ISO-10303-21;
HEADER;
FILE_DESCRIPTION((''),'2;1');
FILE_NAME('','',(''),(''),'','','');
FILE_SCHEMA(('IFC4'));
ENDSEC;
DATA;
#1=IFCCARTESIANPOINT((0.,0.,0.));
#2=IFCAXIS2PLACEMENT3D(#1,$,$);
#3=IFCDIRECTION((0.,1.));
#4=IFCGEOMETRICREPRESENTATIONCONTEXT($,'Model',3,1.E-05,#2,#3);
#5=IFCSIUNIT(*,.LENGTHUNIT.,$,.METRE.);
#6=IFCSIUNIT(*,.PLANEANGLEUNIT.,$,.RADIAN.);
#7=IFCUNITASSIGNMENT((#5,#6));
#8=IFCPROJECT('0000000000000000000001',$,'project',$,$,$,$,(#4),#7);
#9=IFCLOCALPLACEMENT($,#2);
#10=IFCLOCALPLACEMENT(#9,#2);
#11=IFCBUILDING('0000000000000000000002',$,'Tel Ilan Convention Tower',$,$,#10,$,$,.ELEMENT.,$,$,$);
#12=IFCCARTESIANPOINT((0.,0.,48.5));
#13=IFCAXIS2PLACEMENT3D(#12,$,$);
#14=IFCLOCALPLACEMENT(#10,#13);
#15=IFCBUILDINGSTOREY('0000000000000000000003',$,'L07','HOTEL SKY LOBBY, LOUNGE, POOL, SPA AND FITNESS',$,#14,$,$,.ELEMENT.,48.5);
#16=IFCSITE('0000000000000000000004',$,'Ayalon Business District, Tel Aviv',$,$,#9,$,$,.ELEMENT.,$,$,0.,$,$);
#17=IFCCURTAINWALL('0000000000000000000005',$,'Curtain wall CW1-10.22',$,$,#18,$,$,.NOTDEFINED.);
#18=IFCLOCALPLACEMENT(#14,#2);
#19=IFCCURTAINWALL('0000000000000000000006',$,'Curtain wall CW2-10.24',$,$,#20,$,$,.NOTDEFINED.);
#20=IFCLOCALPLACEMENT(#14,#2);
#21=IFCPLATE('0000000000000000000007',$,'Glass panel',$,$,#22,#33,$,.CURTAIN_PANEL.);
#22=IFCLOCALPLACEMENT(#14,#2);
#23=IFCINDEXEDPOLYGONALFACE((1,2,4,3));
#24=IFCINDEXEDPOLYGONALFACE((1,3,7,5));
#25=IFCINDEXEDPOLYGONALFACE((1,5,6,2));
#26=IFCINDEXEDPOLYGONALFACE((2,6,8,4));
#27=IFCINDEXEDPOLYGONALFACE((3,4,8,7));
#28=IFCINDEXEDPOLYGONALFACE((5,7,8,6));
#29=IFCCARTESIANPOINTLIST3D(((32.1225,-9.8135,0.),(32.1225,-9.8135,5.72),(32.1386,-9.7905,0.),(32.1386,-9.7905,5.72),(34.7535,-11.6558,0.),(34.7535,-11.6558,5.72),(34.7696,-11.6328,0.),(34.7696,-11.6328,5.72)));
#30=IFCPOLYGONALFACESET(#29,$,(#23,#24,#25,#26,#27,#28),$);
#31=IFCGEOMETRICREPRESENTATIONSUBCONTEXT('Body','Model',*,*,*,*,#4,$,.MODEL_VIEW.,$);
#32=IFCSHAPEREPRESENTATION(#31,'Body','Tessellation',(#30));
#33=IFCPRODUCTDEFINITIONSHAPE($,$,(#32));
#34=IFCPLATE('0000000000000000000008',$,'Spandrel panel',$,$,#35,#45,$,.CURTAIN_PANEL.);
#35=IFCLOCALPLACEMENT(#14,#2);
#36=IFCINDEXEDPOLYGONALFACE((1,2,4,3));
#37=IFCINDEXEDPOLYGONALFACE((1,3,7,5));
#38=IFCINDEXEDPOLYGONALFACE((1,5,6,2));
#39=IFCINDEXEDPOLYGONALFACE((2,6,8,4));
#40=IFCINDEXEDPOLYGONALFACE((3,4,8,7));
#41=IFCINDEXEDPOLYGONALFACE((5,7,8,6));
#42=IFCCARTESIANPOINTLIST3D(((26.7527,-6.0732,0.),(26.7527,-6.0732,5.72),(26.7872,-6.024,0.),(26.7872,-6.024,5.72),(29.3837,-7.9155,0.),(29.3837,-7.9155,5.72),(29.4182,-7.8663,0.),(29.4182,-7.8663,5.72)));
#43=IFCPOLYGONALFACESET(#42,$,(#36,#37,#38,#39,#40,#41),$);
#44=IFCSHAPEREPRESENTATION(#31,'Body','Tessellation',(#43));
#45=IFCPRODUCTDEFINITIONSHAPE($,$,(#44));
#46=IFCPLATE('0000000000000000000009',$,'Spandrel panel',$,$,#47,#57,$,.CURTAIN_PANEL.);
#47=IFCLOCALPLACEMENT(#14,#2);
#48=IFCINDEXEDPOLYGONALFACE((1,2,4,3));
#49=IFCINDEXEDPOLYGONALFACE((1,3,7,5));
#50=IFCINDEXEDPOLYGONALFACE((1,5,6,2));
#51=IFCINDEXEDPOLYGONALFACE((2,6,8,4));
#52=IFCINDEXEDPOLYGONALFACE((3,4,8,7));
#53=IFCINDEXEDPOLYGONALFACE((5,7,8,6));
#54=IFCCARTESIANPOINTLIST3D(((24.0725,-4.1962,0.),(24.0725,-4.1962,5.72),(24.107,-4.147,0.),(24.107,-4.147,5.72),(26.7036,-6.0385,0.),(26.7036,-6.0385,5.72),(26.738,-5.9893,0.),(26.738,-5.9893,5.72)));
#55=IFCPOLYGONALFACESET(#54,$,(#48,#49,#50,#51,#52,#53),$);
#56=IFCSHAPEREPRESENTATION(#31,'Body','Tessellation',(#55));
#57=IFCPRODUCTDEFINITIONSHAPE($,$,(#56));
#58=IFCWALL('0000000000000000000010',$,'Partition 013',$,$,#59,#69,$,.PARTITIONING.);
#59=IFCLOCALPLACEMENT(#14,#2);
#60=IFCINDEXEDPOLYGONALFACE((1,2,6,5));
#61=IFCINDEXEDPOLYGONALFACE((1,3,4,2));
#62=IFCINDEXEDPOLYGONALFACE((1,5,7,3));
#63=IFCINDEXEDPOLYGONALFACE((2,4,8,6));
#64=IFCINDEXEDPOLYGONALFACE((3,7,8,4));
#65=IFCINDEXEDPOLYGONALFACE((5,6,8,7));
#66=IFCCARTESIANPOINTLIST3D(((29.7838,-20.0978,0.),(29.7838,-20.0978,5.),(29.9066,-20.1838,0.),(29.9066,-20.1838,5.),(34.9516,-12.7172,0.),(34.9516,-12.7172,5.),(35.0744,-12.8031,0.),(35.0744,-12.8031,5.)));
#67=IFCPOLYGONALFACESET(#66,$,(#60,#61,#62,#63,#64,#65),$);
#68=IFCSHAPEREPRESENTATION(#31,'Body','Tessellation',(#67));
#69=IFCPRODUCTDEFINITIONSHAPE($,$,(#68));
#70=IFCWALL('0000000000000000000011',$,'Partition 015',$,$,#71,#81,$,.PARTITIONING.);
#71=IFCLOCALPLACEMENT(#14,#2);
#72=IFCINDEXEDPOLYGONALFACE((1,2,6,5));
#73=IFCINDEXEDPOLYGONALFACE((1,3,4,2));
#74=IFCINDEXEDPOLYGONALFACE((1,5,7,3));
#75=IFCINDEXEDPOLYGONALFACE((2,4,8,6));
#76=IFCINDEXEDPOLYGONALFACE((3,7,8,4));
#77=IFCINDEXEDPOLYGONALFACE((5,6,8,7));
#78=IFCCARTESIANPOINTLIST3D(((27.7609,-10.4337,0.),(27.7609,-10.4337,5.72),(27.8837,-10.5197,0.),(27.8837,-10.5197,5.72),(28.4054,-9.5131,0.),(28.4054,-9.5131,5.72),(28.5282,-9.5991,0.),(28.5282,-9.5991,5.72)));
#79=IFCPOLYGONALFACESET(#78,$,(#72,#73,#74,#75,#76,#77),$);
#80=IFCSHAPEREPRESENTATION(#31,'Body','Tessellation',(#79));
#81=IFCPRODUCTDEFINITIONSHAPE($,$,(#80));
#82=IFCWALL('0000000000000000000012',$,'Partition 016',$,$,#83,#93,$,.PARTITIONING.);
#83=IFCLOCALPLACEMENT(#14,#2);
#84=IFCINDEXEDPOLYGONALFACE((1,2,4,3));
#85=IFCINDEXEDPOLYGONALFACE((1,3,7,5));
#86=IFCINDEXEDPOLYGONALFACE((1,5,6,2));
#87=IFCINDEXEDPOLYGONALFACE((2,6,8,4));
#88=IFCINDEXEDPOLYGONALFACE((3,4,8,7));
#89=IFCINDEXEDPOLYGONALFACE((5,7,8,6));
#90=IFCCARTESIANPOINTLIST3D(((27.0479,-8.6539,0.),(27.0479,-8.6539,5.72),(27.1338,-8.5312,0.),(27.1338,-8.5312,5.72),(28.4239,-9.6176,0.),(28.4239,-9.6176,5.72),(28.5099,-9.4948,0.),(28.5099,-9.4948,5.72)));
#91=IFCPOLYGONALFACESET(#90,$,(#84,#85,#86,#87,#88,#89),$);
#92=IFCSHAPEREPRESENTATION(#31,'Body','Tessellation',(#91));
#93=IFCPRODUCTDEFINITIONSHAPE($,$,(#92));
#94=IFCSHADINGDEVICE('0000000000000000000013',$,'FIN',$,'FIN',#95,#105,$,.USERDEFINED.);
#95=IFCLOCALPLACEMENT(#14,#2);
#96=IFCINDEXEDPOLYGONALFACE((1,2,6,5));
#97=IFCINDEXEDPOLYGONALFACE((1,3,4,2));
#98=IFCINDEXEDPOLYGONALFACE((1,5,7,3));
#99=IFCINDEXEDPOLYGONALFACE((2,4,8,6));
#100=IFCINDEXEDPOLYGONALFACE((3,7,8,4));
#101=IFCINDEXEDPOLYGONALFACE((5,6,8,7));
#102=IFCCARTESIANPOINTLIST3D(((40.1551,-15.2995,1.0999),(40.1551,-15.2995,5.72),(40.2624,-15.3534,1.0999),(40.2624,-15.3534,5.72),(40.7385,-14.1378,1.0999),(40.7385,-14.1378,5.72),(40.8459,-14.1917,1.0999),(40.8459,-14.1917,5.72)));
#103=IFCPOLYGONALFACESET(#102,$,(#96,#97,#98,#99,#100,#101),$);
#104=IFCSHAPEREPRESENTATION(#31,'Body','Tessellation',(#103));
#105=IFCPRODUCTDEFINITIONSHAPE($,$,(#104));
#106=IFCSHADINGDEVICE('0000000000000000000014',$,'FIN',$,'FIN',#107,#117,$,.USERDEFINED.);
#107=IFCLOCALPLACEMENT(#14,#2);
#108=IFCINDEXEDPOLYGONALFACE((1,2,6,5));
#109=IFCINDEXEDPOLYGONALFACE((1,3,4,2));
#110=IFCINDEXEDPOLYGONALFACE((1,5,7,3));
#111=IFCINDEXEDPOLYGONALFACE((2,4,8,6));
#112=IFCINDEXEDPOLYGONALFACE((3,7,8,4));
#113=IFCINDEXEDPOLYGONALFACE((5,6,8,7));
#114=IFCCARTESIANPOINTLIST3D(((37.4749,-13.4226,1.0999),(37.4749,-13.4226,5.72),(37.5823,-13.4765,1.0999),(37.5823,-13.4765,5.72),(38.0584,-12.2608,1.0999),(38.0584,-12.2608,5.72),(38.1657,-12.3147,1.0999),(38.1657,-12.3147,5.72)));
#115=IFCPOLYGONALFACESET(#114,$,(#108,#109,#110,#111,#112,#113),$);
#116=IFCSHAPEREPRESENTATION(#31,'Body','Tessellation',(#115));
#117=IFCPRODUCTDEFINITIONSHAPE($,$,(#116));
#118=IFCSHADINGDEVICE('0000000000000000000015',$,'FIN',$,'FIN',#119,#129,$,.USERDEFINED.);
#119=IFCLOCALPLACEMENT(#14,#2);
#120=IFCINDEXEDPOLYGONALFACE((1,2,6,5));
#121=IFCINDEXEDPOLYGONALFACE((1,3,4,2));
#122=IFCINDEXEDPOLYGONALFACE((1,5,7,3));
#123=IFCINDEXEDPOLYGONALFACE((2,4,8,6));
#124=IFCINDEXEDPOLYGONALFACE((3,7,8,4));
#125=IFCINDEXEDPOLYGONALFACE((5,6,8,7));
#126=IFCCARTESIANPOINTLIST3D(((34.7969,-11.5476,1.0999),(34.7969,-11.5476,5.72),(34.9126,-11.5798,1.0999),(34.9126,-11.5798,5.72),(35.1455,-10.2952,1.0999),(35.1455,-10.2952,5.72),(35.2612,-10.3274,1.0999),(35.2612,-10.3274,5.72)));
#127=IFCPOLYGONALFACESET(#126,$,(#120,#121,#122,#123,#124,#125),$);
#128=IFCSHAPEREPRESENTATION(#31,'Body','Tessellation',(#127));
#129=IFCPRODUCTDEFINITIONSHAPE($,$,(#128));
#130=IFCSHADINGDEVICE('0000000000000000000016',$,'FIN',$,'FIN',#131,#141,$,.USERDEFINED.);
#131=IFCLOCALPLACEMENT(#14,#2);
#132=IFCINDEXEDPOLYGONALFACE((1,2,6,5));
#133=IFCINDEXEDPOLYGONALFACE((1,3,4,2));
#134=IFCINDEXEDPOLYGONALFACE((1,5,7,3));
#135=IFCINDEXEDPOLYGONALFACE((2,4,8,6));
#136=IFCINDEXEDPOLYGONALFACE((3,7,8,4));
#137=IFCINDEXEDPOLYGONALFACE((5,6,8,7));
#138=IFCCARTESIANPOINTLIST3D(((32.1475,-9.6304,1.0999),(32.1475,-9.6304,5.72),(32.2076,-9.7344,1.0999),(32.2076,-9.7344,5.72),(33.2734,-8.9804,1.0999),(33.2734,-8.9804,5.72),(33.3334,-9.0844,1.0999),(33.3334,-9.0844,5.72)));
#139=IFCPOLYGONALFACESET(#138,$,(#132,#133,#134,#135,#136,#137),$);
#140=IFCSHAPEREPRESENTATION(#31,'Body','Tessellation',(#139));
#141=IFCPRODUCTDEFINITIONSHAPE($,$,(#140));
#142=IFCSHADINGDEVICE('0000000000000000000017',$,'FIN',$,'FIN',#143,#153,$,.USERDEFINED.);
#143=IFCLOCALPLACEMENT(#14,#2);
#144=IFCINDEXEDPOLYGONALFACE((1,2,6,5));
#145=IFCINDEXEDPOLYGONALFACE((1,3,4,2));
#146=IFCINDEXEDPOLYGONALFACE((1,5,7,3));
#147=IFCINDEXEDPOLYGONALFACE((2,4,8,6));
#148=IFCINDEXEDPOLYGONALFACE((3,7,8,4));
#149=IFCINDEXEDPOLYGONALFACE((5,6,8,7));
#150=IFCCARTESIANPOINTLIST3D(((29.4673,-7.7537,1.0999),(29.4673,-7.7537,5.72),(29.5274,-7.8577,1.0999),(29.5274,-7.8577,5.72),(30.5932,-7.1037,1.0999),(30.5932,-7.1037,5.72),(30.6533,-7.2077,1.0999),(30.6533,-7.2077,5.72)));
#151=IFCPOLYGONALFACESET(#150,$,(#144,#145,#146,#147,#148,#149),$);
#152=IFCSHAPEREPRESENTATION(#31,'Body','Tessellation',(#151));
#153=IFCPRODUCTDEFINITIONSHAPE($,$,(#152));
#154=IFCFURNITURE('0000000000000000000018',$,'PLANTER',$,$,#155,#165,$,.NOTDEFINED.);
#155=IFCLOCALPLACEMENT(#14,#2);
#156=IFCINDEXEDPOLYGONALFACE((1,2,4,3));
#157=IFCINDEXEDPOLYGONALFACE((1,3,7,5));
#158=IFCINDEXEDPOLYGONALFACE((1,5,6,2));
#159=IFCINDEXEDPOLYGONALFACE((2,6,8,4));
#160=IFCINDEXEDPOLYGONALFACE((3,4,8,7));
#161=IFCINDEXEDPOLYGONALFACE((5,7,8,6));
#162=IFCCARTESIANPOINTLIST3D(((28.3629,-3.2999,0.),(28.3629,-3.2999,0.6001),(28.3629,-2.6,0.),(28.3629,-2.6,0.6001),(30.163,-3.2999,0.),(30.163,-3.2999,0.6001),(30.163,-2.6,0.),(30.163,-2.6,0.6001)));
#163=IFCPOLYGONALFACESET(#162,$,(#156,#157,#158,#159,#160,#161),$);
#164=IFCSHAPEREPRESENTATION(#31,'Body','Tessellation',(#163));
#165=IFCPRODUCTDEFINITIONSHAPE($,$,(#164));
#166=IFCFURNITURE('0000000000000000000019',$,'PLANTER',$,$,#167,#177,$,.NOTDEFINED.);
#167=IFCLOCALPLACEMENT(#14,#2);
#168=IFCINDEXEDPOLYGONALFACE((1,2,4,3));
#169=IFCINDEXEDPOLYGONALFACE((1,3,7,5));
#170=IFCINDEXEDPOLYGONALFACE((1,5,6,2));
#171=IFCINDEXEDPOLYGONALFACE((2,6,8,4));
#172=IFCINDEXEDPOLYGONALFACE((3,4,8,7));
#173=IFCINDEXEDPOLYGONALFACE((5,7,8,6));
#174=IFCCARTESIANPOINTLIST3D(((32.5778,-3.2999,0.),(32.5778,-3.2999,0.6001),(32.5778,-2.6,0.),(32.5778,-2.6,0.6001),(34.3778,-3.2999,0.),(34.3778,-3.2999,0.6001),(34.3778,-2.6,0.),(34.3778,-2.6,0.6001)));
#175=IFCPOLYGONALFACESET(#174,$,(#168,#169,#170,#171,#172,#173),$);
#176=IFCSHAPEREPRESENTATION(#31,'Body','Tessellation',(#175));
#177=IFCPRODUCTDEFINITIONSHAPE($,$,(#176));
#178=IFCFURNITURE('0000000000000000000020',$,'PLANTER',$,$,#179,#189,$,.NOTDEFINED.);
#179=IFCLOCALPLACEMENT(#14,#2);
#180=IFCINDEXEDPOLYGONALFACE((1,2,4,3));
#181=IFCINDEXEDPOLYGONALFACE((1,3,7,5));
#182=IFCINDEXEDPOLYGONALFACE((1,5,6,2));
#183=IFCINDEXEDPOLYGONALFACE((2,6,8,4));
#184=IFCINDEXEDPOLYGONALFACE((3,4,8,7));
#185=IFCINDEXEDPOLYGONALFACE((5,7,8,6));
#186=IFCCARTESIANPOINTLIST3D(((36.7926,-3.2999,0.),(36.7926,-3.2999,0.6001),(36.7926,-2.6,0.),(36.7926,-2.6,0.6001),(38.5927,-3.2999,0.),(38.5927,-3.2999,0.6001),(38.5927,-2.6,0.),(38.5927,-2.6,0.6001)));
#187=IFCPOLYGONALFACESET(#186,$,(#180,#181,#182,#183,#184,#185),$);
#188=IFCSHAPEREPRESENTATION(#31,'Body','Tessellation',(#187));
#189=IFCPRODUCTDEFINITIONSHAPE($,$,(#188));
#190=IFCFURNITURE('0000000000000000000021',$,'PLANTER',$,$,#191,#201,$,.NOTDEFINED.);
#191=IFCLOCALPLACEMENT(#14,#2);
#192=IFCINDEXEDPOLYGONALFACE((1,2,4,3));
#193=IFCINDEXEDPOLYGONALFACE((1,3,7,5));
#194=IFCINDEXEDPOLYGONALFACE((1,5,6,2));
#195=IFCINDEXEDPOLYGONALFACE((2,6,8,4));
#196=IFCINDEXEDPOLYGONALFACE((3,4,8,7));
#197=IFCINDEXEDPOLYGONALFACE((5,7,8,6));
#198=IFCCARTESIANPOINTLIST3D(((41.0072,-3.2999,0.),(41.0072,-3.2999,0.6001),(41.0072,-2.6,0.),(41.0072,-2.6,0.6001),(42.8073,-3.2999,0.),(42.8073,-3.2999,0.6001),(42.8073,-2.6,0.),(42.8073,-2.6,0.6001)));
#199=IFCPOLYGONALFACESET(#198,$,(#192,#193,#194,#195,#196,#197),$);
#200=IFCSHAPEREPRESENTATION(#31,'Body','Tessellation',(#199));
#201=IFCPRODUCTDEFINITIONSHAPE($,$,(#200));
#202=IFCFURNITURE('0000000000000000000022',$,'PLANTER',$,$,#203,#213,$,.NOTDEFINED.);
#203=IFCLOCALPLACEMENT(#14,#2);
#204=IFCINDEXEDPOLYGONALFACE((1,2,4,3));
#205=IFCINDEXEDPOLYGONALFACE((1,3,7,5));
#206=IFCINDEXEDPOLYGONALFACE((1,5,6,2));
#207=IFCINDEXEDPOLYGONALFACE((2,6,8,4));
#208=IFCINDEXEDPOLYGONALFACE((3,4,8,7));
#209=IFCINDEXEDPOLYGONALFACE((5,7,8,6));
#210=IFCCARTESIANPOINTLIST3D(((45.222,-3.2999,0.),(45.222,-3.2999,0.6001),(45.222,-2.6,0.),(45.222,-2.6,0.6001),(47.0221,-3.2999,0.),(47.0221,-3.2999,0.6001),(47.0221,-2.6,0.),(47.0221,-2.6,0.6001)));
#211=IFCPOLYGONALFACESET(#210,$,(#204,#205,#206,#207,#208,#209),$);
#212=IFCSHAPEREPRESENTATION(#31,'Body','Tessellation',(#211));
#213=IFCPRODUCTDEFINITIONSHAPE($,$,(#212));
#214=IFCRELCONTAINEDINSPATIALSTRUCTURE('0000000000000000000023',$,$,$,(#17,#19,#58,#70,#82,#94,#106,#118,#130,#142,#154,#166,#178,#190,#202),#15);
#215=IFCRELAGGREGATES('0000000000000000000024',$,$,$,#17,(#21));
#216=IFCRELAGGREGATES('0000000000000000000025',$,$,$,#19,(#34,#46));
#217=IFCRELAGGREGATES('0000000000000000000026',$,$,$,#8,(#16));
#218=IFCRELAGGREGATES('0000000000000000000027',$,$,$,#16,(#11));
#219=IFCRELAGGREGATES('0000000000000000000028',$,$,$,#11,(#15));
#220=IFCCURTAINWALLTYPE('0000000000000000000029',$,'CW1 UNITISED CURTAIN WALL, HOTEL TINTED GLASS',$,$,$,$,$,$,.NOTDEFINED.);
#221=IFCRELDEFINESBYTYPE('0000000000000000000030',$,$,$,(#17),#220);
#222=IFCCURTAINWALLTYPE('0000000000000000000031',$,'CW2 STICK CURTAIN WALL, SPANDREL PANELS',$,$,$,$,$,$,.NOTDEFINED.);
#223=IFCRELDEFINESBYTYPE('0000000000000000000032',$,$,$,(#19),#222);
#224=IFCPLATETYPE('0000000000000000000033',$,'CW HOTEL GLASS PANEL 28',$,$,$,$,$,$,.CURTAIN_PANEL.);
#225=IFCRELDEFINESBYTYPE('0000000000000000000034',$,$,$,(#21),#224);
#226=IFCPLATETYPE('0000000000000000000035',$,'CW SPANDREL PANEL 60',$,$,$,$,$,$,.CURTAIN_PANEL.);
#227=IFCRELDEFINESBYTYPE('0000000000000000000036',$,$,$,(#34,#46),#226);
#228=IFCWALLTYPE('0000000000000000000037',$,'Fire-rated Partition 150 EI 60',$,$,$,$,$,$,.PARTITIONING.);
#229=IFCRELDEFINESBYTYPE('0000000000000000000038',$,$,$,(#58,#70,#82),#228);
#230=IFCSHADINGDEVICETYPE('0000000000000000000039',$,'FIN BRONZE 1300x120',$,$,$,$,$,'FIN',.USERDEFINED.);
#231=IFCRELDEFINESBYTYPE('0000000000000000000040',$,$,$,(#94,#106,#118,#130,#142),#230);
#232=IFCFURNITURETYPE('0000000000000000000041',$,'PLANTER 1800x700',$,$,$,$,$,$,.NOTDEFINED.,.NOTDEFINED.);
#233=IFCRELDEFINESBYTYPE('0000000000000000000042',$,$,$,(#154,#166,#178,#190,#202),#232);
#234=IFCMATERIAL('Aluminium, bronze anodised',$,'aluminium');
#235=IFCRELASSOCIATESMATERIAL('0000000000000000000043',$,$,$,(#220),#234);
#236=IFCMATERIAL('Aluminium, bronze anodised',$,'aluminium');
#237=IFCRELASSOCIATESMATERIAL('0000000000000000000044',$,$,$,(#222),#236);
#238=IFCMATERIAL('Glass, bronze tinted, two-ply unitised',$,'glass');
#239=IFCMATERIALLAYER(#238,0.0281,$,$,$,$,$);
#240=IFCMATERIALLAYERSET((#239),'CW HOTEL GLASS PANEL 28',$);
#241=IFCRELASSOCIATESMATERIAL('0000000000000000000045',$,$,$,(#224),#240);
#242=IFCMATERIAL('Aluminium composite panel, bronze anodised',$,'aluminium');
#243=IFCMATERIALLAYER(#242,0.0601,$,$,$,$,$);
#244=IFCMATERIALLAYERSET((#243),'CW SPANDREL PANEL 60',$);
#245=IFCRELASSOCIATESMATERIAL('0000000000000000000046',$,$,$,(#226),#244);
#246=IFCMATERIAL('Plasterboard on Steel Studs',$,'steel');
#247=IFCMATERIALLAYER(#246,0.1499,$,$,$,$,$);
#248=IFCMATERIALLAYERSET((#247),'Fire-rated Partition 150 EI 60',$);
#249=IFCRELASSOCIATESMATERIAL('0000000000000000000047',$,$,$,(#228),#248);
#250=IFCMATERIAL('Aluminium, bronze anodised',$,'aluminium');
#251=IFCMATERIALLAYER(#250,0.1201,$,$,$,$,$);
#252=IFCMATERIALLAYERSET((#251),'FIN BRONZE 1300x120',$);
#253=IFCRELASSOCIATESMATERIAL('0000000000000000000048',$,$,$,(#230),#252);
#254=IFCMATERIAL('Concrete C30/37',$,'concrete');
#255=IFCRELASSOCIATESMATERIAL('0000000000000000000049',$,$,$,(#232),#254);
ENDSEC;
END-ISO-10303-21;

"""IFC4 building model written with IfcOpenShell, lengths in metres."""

from ifc_helpers import new_model, si_unit, direction, frame, frame_2d, origin, origin_2d, place, context, subcontext, project, spatial, rectangle, extrude, material, layer, layer_set, type_object, element, aggregate, save


model = new_model("IFC4")

# Units and contexts
model_context = context("Model", 3, precision=1e-05, world=origin(), true_north=direction((0.0, 1.0)))
body_context = subcontext(model_context, "Body", "Model", "MODEL_VIEW")
ifc_project = project(units=[si_unit("LENGTHUNIT", "METRE"), si_unit("PLANEANGLEUNIT", "RADIAN")], contexts=[model_context])

# Site, building, storey
site_placement = place(None, origin())
site = spatial("IfcSite", under=ifc_project, at=site_placement, Name="Ayalon Business District, Tel Aviv", CompositionType="ELEMENT", RefElevation=0.0)
building_placement = place(site_placement, origin())
building = spatial("IfcBuilding", under=site, at=building_placement, Name="Tel Ilan Convention Tower", CompositionType="ELEMENT")
storey_placement = place(building_placement, frame((0.0, 0.0, 48.5)))
storey = spatial("IfcBuildingStorey", under=building, at=storey_placement, Name="L07", Description="HOTEL SKY LOBBY, LOUNGE, POOL, SPA AND FITNESS", CompositionType="ELEMENT", Elevation=48.5)

# Shared definitions
ifc_material_1 = material(Name="Aluminium, bronze anodised", Category="aluminium")
curtain_wall_type_1 = type_object("IfcCurtainWallType", Name="CW1 UNITISED CURTAIN WALL, HOTEL TINTED GLASS", PredefinedType="NOTDEFINED", material=ifc_material_1)

# Curtain wall
curtain_wall_1_placement = place(storey_placement, origin())
curtain_wall_1 = element("IfcCurtainWall", 1, at=curtain_wall_1_placement, inside=storey, type_object=curtain_wall_type_1, Name="Curtain wall CW1-10.22", PredefinedType="NOTDEFINED")

# Curtain wall
ifc_material_2 = material(Name="Aluminium, bronze anodised", Category="aluminium")
curtain_wall_type_2 = type_object("IfcCurtainWallType", Name="CW2 STICK CURTAIN WALL, SPANDREL PANELS", PredefinedType="NOTDEFINED", material=ifc_material_2)
curtain_wall_2_placement = place(storey_placement, origin())
curtain_wall_2 = element("IfcCurtainWall", 2, at=curtain_wall_2_placement, inside=storey, type_object=curtain_wall_type_2, Name="Curtain wall CW2-10.24", PredefinedType="NOTDEFINED")

# Plates
ifc_material_3 = material(Name="Glass, bronze tinted, two-ply unitised", Category="glass")
ifc_layer_1 = layer(ifc_material_3, 0.0281)
ifc_layer_set_1 = layer_set([ifc_layer_1], Name="CW HOTEL GLASS PANEL 28")
plate_type_1 = type_object("IfcPlateType", Name="CW HOTEL GLASS PANEL 28", PredefinedType="CURTAIN_PANEL", material=ifc_layer_set_1)
plate_1_placement = place(storey_placement, frame((33.446, -10.7231, 0.0), z_axis=(0.0, 0.0, 1.0), x_axis=(-0.819152, 0.573576, 0.0)))
plate_1 = element("IfcPlate", 3, at=plate_1_placement, type_object=plate_type_1, Name="Glass panel", PredefinedType="CURTAIN_PANEL", context=body_context, shape_type="SweptSolid", body=[
    extrude(rectangle(XDim=3.2119, YDim=0.0281, at=origin_2d()), origin(), (0.0, 0.0, 1.0), 5.72),
])
aggregate(curtain_wall_1, [plate_1])
ifc_material_4 = material(Name="Aluminium composite panel, bronze anodised", Category="aluminium")
ifc_layer_2 = layer(ifc_material_4, 0.0601)
ifc_layer_set_2 = layer_set([ifc_layer_2], Name="CW SPANDREL PANEL 60")
plate_type_2 = type_object("IfcPlateType", Name="CW SPANDREL PANEL 60", PredefinedType="CURTAIN_PANEL", material=ifc_layer_set_2)
plate_2_placement = place(storey_placement, frame((28.0854, -6.9697, 0.0), z_axis=(0.0, 0.0, 1.0), x_axis=(-0.819152, 0.573576, 0.0)))
plate_2 = element("IfcPlate", 4, at=plate_2_placement, type_object=plate_type_2, Name="Spandrel panel", PredefinedType="CURTAIN_PANEL", context=body_context, shape_type="SweptSolid", body=[
    extrude(rectangle(XDim=3.2119, YDim=0.0601, at=origin_2d()), origin(), (0.0, 0.0, 1.0), 5.72),
])
plate_3_placement = place(storey_placement, frame((25.4053, -5.0928, 0.0), z_axis=(0.0, 0.0, 1.0), x_axis=(-0.819152, 0.573576, 0.0)))
plate_3 = element("IfcPlate", 5, at=plate_3_placement, type_object=plate_type_2, Name="Spandrel panel", PredefinedType="CURTAIN_PANEL", context=body_context, shape_type="SweptSolid", body=[
    extrude(rectangle(XDim=3.2119, YDim=0.0601, at=origin_2d()), origin(), (0.0, 0.0, 1.0), 5.72),
])
aggregate(curtain_wall_2, [plate_2, plate_3])

# Walls
ifc_material_5 = material(Name="Plasterboard on Steel Studs", Category="steel")
ifc_layer_3 = layer(ifc_material_5, 0.1499)
ifc_layer_set_3 = layer_set([ifc_layer_3], Name="Fire-rated Partition 150 EI 60")
wall_type_1 = type_object("IfcWallType", Name="Fire-rated Partition 150 EI 60", PredefinedType="PARTITIONING", material=ifc_layer_set_3)
wall_1_placement = place(storey_placement, frame((35.0129, -12.7603, 0.0), z_axis=(0.0, 0.0, 1.0), x_axis=(-0.573559, -0.819164, 0.0)))
element("IfcWall", 6, at=wall_1_placement, inside=storey, type_object=wall_type_1, Name="Partition 013", PredefinedType="PARTITIONING", context=body_context, shape_type="SweptSolid", body=[
    extrude(rectangle(XDim=9.01, YDim=0.1499, at=frame_2d((4.5049, 0.0))), origin(), (0.0, 0.0, 1.0), 5.0),
])
wall_2_placement = place(storey_placement, frame((27.8223, -10.4768, 0.0), z_axis=(0.0, 0.0, 1.0), x_axis=(0.573506, 0.819201, 0.0)))
element("IfcWall", 7, at=wall_2_placement, inside=storey, type_object=wall_type_1, Name="Partition 015", PredefinedType="PARTITIONING", context=body_context, shape_type="SweptSolid", body=[
    extrude(rectangle(XDim=1.1238, YDim=0.1499, at=frame_2d((0.562, 0.0))), origin(), (0.0, 0.0, 1.0), 5.72),
])
wall_3_placement = place(storey_placement, frame((28.4668, -9.5562, 0.0), z_axis=(0.0, 0.0, 1.0), x_axis=(-0.819109, 0.573638, 0.0)))
element("IfcWall", 8, at=wall_3_placement, inside=storey, type_object=wall_type_1, Name="Partition 016", PredefinedType="PARTITIONING", context=body_context, shape_type="SweptSolid", body=[
    extrude(rectangle(XDim=1.6799, YDim=0.1499, at=frame_2d((0.8398, 0.0))), origin(), (0.0, 0.0, 1.0), 5.72),
])

# Shading devices
ifc_material_6 = material(Name="Aluminium, bronze anodised", Category="aluminium")
ifc_layer_4 = layer(ifc_material_6, 0.1201)
ifc_layer_set_4 = layer_set([ifc_layer_4], Name="FIN BRONZE 1300x120")
shading_device_type = type_object("IfcShadingDeviceType", Name="FIN BRONZE 1300x120", ElementType="FIN", PredefinedType="USERDEFINED", material=ifc_layer_set_4)
for number, where, z_axis, x_axis, name in (
    (9, (40.5005, -14.7456, 1.0999), (0.0, 0.0, 1.0), (0.448799, 0.893633, 0.0), "FIN"),
    (10, (37.8203, -12.8687, 1.0999), (0.0, 0.0, 1.0), (0.448799, 0.893633, 0.0), "FIN"),
    (11, (35.0291, -10.9375, 1.0999), (0.0, 0.0, 1.0), (0.268173, 0.963371, 0.0), "FIN"),
    (12, (32.7405, -9.3574, 1.0999), (0.0, 0.0, 1.0), (0.866025, 0.5, 0.0), "FIN"),
    (13, (30.0603, -7.4807, 1.0999), (0.0, 0.0, 1.0), (0.866025, 0.5, 0.0), "FIN"),
):
    element("IfcShadingDevice", number, at=place(storey_placement, frame(where, z_axis=z_axis, x_axis=x_axis)), inside=storey, type_object=shading_device_type, Name=name, ObjectType="FIN", PredefinedType="USERDEFINED", context=body_context, shape_type="SweptSolid", body=[
        extrude(rectangle(XDim=1.3, YDim=0.1201, at=origin_2d()), origin(), (0.0, 0.0, 1.0), 4.6201),
    ])

# Furniture
ifc_material_7 = material(Name="Concrete C30/37", Category="concrete")
furniture_type = type_object("IfcFurnitureType", Name="PLANTER 1800x700", AssemblyPlace="NOTDEFINED", PredefinedType="NOTDEFINED", material=ifc_material_7)
for number, where, z_axis, x_axis, name in (
    (14, (29.2629, -2.95, 0.0), (0.0, 0.0, 1.0), (1.0, 0.0, 0.0), "PLANTER"),
    (15, (33.4778, -2.95, 0.0), (0.0, 0.0, 1.0), (1.0, 0.0, 0.0), "PLANTER"),
    (16, (37.6926, -2.95, 0.0), (0.0, 0.0, 1.0), (1.0, 0.0, 0.0), "PLANTER"),
    (17, (41.9072, -2.95, 0.0), (0.0, 0.0, 1.0), (1.0, 0.0, 0.0), "PLANTER"),
    (18, (46.1221, -2.95, 0.0), (0.0, 0.0, 1.0), (1.0, 0.0, 0.0), "PLANTER"),
):
    element("IfcFurniture", number, at=place(storey_placement, frame(where, z_axis=z_axis, x_axis=x_axis)), inside=storey, type_object=furniture_type, Name=name, PredefinedType="NOTDEFINED", context=body_context, shape_type="SweptSolid", body=[
        extrude(rectangle(XDim=1.8, YDim=0.7, at=origin_2d()), origin(), (0.0, 0.0, 1.0), 0.6001),
    ])

save(model, "model.ifc")
